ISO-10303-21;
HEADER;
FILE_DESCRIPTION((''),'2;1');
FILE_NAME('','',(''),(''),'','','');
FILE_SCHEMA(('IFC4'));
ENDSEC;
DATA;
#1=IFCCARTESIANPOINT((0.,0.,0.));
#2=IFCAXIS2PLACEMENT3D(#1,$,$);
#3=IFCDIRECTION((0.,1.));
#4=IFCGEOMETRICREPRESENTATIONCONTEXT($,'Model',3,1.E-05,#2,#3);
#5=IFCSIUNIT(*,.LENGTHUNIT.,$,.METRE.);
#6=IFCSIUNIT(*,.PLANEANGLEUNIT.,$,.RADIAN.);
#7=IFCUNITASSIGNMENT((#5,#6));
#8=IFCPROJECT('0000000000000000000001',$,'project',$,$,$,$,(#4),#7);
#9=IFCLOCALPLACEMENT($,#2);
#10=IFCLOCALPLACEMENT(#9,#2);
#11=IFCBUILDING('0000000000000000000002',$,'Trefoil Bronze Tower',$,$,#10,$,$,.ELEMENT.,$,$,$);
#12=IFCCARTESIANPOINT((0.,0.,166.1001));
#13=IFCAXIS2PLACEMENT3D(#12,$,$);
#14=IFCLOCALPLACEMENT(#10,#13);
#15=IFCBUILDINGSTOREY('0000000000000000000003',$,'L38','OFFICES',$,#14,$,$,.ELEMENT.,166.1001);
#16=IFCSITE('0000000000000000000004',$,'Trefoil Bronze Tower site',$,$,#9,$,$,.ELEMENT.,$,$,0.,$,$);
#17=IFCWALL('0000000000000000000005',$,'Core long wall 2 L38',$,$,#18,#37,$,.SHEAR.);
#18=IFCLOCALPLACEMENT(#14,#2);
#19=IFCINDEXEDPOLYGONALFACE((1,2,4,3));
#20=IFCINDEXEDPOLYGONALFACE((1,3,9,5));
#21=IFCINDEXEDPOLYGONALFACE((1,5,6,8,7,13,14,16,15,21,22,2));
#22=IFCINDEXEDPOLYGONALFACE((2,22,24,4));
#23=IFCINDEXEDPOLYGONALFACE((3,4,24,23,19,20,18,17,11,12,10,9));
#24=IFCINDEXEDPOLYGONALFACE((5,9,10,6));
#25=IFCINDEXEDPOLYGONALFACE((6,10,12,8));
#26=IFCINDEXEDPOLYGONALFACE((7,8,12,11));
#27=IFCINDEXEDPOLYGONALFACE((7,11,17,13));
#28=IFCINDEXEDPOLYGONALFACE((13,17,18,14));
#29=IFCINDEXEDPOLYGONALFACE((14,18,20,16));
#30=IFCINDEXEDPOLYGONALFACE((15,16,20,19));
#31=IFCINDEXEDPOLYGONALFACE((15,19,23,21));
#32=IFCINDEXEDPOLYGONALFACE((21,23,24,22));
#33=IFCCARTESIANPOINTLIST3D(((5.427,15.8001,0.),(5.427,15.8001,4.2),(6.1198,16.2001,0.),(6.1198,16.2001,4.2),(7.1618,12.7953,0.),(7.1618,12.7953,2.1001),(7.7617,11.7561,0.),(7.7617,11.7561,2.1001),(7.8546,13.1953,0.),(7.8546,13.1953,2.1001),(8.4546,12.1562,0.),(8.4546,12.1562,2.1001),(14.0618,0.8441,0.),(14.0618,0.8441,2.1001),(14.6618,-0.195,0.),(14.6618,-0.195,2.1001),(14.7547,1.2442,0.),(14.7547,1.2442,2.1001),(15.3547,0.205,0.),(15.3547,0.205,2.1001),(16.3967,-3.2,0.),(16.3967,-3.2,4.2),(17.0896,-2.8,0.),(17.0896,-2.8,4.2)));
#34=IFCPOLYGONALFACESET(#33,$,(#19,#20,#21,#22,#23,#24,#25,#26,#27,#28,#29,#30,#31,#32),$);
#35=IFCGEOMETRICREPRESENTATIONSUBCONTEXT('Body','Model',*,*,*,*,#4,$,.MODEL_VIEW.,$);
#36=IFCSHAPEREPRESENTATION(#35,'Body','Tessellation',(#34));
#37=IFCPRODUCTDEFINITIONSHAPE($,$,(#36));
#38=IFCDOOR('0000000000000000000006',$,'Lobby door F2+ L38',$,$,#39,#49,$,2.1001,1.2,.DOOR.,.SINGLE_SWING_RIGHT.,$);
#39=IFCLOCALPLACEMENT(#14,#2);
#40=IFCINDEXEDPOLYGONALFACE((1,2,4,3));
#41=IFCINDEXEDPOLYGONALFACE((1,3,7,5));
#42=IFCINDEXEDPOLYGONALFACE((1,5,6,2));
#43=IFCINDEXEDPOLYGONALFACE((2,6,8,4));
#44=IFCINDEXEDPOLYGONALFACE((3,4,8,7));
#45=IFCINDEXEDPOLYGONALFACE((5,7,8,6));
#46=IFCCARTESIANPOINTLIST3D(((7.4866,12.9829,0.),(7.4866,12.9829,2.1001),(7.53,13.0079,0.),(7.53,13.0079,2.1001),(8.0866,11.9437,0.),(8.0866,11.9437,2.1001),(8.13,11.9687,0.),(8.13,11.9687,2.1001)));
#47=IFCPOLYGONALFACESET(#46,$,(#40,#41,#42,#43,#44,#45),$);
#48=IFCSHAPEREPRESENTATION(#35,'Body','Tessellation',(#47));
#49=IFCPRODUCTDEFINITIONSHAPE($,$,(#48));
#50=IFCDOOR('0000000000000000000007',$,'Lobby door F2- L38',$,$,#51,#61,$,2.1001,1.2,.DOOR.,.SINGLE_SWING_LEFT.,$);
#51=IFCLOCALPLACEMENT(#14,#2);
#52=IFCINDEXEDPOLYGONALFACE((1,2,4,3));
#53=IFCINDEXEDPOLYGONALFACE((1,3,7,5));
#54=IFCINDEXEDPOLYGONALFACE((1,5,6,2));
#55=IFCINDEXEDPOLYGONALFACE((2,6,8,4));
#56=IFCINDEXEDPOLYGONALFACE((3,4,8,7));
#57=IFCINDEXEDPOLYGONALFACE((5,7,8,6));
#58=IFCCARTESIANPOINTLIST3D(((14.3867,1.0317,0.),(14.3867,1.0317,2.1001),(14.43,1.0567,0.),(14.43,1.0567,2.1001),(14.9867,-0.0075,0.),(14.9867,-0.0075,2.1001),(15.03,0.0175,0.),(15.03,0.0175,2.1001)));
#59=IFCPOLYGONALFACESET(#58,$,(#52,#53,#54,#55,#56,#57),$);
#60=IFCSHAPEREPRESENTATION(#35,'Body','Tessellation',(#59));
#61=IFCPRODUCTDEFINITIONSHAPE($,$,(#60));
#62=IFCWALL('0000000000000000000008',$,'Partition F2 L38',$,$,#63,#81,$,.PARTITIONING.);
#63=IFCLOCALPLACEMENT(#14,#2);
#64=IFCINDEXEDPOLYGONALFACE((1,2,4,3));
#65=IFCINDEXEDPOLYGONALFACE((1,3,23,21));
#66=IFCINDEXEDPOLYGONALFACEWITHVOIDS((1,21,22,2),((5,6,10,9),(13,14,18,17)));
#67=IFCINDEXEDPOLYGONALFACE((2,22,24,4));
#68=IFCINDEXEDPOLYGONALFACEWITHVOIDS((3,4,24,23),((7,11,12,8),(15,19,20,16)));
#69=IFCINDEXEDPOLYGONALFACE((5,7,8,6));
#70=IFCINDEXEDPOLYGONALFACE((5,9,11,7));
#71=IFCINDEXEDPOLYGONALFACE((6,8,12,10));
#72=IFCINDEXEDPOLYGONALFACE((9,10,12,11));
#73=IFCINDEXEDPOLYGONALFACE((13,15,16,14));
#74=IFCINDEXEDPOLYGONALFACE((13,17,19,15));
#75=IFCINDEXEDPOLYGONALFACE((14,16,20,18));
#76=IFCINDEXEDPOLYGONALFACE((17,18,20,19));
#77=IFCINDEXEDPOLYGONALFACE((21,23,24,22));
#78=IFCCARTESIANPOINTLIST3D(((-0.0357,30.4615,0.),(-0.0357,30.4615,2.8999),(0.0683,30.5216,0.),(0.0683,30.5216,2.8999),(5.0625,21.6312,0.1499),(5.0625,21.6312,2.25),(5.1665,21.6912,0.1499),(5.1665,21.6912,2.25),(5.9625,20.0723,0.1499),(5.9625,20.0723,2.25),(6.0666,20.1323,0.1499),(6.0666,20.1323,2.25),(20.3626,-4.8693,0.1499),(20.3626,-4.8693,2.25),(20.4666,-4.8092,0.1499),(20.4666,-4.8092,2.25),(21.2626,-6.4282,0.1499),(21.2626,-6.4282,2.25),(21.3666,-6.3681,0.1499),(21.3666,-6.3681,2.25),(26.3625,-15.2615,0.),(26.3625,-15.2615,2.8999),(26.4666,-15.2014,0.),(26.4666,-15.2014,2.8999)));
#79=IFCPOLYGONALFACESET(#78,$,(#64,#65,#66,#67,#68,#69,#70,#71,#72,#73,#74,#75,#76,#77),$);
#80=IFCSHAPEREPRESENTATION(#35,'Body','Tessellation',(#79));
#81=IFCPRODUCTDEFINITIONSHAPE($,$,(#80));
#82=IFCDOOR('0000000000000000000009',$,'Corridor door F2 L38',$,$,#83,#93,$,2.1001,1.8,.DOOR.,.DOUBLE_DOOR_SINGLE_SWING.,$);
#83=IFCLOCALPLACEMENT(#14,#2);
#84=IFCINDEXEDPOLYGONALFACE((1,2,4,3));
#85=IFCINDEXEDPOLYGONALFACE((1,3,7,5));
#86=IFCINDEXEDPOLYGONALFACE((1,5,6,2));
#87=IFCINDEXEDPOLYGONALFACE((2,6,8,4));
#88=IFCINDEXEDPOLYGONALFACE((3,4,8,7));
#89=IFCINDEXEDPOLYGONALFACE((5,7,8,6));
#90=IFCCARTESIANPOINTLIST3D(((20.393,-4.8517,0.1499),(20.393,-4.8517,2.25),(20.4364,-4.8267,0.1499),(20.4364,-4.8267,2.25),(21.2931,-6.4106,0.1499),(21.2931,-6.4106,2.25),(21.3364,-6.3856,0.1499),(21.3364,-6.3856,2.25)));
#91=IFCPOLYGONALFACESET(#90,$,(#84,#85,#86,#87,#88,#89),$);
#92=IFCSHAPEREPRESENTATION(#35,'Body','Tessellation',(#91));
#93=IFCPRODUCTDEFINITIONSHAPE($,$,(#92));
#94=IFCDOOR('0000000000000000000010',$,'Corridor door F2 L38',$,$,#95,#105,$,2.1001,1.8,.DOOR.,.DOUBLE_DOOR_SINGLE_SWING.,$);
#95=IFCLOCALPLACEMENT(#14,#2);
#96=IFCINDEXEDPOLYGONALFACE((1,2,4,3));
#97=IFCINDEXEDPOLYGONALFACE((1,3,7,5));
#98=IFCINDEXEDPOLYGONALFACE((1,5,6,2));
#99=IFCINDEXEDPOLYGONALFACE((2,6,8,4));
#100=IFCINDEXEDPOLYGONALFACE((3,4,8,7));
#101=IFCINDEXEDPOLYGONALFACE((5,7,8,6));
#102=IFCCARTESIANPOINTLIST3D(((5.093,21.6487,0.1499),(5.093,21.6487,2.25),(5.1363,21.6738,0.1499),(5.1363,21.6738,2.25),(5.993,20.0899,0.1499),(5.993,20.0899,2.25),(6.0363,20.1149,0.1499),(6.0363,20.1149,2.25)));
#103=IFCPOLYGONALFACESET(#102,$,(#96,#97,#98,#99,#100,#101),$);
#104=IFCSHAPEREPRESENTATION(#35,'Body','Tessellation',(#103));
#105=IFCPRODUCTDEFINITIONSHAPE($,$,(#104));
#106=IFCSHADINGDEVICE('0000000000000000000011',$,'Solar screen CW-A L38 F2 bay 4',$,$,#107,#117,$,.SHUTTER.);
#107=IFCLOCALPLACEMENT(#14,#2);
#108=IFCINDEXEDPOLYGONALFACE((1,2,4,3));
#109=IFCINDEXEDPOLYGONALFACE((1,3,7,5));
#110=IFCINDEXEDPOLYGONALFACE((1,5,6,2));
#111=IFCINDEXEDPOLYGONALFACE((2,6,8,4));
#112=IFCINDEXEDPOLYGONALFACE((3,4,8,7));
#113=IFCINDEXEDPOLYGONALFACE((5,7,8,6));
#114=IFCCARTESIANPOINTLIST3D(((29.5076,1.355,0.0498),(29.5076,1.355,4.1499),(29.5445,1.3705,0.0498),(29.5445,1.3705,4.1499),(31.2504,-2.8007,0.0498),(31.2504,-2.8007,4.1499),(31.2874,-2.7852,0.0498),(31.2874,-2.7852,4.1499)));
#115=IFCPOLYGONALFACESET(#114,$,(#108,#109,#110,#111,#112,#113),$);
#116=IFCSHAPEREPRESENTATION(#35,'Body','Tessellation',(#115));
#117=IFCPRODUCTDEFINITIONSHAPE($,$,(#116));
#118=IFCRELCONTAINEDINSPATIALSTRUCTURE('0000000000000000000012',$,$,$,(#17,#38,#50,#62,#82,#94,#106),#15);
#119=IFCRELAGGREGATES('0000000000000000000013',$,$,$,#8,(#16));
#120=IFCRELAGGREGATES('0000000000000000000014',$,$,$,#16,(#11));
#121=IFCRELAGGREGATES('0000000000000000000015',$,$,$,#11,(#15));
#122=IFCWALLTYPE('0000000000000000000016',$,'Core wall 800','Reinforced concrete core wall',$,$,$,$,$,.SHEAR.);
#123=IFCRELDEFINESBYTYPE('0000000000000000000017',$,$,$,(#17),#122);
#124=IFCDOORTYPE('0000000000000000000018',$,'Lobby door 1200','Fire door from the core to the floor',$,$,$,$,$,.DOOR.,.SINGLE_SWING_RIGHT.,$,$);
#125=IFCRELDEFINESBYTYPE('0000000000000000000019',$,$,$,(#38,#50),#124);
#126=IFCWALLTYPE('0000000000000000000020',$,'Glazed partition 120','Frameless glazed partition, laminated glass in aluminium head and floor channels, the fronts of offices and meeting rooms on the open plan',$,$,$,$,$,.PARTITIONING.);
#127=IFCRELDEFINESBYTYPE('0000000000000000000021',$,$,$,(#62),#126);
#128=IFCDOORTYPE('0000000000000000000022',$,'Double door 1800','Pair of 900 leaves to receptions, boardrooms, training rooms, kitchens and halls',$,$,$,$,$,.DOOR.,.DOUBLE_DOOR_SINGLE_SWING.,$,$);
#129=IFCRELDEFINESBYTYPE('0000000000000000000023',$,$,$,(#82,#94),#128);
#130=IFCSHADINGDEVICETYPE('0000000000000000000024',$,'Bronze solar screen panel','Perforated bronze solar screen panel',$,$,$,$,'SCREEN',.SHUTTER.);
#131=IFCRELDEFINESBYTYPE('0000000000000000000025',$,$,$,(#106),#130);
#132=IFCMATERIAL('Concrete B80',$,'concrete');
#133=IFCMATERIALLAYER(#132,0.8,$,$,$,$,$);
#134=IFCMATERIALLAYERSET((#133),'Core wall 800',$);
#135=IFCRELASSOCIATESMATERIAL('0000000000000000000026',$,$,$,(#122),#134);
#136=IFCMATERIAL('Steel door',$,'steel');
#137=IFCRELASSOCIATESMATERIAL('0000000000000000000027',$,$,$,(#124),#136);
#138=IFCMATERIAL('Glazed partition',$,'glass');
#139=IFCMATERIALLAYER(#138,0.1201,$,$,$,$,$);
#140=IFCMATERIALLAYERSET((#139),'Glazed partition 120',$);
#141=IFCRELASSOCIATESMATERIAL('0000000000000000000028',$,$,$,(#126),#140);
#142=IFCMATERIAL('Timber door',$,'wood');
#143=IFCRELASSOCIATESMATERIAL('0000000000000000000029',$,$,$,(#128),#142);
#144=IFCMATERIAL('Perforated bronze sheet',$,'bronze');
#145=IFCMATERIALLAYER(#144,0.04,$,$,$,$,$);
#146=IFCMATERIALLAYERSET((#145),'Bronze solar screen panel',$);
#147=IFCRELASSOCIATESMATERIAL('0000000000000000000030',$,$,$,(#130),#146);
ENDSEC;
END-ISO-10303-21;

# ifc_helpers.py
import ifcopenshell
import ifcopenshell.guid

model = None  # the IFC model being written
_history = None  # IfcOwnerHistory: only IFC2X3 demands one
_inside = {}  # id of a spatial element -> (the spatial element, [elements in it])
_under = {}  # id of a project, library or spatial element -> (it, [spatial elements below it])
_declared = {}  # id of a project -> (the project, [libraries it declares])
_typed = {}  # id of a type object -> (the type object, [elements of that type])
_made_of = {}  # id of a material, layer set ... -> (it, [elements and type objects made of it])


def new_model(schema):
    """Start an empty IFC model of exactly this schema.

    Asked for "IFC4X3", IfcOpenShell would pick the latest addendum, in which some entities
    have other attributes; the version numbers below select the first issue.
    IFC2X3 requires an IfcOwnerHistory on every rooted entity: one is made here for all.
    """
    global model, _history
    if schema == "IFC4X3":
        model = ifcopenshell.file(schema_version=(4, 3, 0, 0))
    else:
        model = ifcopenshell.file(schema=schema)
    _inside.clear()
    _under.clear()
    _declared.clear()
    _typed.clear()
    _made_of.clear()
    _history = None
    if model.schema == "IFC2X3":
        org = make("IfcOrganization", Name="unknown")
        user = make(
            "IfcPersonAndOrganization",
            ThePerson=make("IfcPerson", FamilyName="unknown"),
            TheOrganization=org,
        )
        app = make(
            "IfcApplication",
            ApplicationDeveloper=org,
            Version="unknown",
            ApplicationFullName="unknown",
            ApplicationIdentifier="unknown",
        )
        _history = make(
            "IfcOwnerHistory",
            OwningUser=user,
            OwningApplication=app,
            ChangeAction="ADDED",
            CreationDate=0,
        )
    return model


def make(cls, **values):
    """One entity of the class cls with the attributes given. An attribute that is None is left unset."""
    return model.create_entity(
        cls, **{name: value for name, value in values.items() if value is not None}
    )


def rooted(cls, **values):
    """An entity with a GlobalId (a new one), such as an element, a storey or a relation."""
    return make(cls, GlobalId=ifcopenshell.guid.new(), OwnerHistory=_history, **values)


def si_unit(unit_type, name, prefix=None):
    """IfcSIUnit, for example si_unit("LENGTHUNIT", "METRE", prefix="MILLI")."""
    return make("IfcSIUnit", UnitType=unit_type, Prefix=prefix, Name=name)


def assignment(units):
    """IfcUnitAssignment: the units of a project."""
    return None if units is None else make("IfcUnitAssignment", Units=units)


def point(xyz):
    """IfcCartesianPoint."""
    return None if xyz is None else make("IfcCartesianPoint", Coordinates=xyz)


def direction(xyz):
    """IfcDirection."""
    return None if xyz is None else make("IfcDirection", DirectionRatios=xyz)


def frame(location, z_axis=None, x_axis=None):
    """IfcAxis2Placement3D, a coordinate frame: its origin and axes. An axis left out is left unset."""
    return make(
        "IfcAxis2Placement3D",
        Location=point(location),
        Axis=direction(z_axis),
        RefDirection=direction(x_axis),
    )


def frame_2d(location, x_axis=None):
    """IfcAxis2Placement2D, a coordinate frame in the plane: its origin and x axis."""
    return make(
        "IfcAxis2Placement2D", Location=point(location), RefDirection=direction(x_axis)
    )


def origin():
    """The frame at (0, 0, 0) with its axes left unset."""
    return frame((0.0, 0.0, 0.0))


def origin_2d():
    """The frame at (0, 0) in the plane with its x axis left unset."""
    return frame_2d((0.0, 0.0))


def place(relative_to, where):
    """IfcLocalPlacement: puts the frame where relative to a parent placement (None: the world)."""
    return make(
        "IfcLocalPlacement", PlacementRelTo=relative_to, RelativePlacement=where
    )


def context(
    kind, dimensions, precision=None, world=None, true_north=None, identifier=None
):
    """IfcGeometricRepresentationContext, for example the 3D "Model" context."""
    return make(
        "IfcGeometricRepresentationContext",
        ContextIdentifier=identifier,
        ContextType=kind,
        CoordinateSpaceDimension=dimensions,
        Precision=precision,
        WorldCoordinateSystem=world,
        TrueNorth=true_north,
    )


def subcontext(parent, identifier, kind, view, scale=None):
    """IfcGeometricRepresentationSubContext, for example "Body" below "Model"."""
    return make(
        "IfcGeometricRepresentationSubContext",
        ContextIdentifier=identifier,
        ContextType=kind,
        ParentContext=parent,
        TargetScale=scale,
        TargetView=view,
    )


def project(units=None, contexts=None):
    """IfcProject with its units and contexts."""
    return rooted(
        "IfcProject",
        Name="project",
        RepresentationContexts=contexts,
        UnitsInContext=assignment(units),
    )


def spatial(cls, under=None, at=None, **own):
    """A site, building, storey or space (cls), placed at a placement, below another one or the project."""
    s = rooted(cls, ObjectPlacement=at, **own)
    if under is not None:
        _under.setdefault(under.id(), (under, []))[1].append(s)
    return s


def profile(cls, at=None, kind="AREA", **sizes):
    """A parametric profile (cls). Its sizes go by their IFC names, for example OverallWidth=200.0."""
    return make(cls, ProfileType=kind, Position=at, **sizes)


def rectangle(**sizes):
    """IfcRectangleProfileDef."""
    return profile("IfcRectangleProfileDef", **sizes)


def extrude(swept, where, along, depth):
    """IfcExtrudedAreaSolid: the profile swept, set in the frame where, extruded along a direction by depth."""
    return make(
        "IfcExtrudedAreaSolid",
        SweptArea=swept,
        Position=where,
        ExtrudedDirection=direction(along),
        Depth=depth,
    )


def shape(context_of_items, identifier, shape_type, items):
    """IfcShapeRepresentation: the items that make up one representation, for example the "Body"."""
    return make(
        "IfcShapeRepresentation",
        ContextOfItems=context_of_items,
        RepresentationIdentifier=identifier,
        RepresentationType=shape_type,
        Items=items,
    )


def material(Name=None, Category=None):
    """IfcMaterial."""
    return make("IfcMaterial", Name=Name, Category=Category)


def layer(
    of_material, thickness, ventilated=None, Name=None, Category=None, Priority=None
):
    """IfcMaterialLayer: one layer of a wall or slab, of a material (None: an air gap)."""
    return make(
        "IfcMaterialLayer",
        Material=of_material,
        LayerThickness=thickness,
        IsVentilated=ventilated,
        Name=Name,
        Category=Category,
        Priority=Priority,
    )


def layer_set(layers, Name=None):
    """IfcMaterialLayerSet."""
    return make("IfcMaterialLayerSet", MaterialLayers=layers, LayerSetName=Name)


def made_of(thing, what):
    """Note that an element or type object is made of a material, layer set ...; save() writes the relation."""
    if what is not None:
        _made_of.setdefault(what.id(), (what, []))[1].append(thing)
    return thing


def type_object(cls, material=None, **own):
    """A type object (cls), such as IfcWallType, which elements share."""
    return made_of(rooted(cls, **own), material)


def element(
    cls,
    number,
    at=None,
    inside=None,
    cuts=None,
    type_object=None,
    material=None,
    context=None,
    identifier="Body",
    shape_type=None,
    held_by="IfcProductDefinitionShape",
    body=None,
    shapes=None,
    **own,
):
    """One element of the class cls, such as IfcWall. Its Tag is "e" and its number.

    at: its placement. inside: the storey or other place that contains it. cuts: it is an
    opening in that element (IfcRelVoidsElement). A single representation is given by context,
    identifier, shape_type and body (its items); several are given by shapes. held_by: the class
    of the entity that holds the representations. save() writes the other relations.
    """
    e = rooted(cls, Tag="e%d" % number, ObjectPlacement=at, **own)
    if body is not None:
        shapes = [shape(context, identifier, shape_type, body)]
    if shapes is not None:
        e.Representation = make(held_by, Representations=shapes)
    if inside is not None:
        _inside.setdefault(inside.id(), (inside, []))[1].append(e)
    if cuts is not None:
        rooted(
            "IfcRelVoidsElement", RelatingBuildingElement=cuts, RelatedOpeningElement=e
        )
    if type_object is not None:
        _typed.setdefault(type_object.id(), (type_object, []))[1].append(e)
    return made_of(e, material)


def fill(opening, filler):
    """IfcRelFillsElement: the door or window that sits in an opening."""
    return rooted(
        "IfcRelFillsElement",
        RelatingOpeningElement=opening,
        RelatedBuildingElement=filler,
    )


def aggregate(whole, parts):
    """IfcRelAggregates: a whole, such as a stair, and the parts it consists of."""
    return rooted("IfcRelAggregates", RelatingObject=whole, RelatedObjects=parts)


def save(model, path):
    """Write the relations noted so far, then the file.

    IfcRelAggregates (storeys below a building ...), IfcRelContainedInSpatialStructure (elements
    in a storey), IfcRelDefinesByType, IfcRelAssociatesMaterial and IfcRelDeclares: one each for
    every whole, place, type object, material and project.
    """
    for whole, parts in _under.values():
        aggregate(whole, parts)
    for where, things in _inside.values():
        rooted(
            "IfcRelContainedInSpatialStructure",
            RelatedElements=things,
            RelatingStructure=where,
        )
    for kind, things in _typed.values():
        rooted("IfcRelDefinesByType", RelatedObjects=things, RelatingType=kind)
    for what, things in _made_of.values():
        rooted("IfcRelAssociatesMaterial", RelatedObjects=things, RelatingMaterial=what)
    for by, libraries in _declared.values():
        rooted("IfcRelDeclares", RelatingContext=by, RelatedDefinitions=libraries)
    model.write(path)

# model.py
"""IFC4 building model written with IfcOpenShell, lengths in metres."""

from ifc_helpers import new_model, si_unit, direction, frame, frame_2d, origin, origin_2d, place, context, subcontext, project, spatial, rectangle, extrude, material, layer, layer_set, type_object, element, fill, save


model = new_model("IFC4")

# Units and contexts
model_context = context("Model", 3, precision=1e-05, world=origin(), true_north=direction((0.0, 1.0)))
body_context = subcontext(model_context, "Body", "Model", "MODEL_VIEW")
ifc_project = project(units=[si_unit("LENGTHUNIT", "METRE"), si_unit("PLANEANGLEUNIT", "RADIAN")], contexts=[model_context])

# Site, building, storey
site_placement = place(None, origin())
site = spatial("IfcSite", under=ifc_project, at=site_placement, Name="Trefoil Bronze Tower site", CompositionType="ELEMENT", RefElevation=0.0)
building_placement = place(site_placement, origin())
building = spatial("IfcBuilding", under=site, at=building_placement, Name="Trefoil Bronze Tower", CompositionType="ELEMENT")
storey_placement = place(building_placement, frame((0.0, 0.0, 166.1001)))
storey = spatial("IfcBuildingStorey", under=building, at=storey_placement, Name="L38", Description="OFFICES", CompositionType="ELEMENT", Elevation=166.1001)

# Walls, openings, doors
ifc_material_1 = material(Name="Concrete B80", Category="concrete")
ifc_layer_1 = layer(ifc_material_1, 0.8)
ifc_layer_set_1 = layer_set([ifc_layer_1], Name="Core wall 800")
wall_type_1 = type_object("IfcWallType", Name="Core wall 800", Description="Reinforced concrete core wall", PredefinedType="SHEAR", material=ifc_layer_set_1)
wall_1_placement = place(storey_placement, frame((16.7432, -3.0, 0.0), z_axis=(0.0, 0.0, 1.0), x_axis=(-0.500002, 0.866024, 0.0)))
wall_1 = element("IfcWall", 1, at=wall_1_placement, inside=storey, type_object=wall_type_1, Name="Core long wall 2 L38", PredefinedType="SHEAR", context=body_context, shape_type="SweptSolid", body=[
    extrude(rectangle(XDim=21.9395, YDim=0.8, at=frame_2d((10.9697, 0.0))), origin(), (0.0, 0.0, 1.0), 4.2),
])
opening_1_placement = place(wall_1_placement, frame((17.2698, 0.0, 0.0)))
opening_1 = element("IfcOpeningElement", 2, at=opening_1_placement, cuts=wall_1, PredefinedType="OPENING", context=body_context, shape_type="SweptSolid", body=[
    extrude(rectangle(XDim=1.2, YDim=2.1001, at=frame_2d((0.6001, 1.05))), frame((0.0, 0.4099, 0.0), z_axis=(0.0, -1.0, 0.0), x_axis=(1.0, 0.0, 0.0)), (0.0, 0.0, 1.0), 0.8201),
])
opening_2_placement = place(wall_1_placement, frame((3.4697, 0.0, 0.0)))
opening_2 = element("IfcOpeningElement", 3, at=opening_2_placement, cuts=wall_1, PredefinedType="OPENING", context=body_context, shape_type="SweptSolid", body=[
    extrude(rectangle(XDim=1.2, YDim=2.1001, at=frame_2d((0.6001, 1.05))), frame((0.0, 0.4099, 0.0), z_axis=(0.0, -1.0, 0.0), x_axis=(1.0, 0.0, 0.0)), (0.0, 0.0, 1.0), 0.8201),
])
ifc_material_2 = material(Name="Steel door", Category="steel")
door_type_1 = type_object("IfcDoorType", Name="Lobby door 1200", Description="Fire door from the core to the floor", OperationType="SINGLE_SWING_RIGHT", PredefinedType="DOOR", material=ifc_material_2)
door_1_placement = place(opening_1_placement, origin())
door_1 = element("IfcDoor", 4, at=door_1_placement, inside=storey, type_object=door_type_1, Name="Lobby door F2+ L38", OperationType="SINGLE_SWING_RIGHT", OverallHeight=2.1001, OverallWidth=1.2, PredefinedType="DOOR", context=body_context, shape_type="SweptSolid", body=[
    extrude(rectangle(XDim=1.2, YDim=2.1001, at=frame_2d((0.6001, 1.05))), frame((0.0, 0.0249, 0.0), z_axis=(0.0, -1.0, 0.0), x_axis=(1.0, 0.0, 0.0)), (0.0, 0.0, 1.0), 0.05),
])
fill(opening_1, door_1)
door_2_placement = place(opening_2_placement, origin())
door_2 = element("IfcDoor", 5, at=door_2_placement, inside=storey, type_object=door_type_1, Name="Lobby door F2- L38", OperationType="SINGLE_SWING_LEFT", OverallHeight=2.1001, OverallWidth=1.2, PredefinedType="DOOR", context=body_context, shape_type="SweptSolid", body=[
    extrude(rectangle(XDim=1.2, YDim=2.1001, at=frame_2d((0.6001, 1.05))), frame((0.0, 0.0249, 0.0), z_axis=(0.0, -1.0, 0.0), x_axis=(1.0, 0.0, 0.0)), (0.0, 0.0, 1.0), 0.05),
])
fill(opening_2, door_2)
ifc_material_3 = material(Name="Glazed partition", Category="glass")
ifc_layer_2 = layer(ifc_material_3, 0.1201)
ifc_layer_set_2 = layer_set([ifc_layer_2], Name="Glazed partition 120")
wall_type_2 = type_object("IfcWallType", Name="Glazed partition 120", Description="Frameless glazed partition, laminated glass in aluminium head and floor channels, the fronts of offices and meeting rooms on the open plan", PredefinedType="PARTITIONING", material=ifc_layer_set_2)
wall_2_placement = place(storey_placement, frame((26.4146, -15.2314, 0.0), z_axis=(0.0, 0.0, 1.0), x_axis=(-0.500001, 0.866025, 0.0)))
wall_2 = element("IfcWall", 6, at=wall_2_placement, inside=storey, type_object=wall_type_2, Name="Partition F2 L38", PredefinedType="PARTITIONING", context=body_context, shape_type="SweptSolid", body=[
    extrude(rectangle(XDim=52.7964, YDim=0.1201, at=frame_2d((26.3982, 0.0))), origin(), (0.0, 0.0, 1.0), 2.8999),
])
opening_3_placement = place(wall_2_placement, frame((10.2, 0.0, 0.1499)))
opening_3 = element("IfcOpeningElement", 7, at=opening_3_placement, cuts=wall_2, PredefinedType="OPENING", context=body_context, shape_type="SweptSolid", body=[
    extrude(rectangle(XDim=1.8, YDim=2.1001, at=frame_2d((0.8999, 1.05))), frame((0.0, 0.0701, 0.0), z_axis=(0.0, -1.0, 0.0), x_axis=(1.0, 0.0, 0.0)), (0.0, 0.0, 1.0), 0.1401),
])
opening_4_placement = place(wall_2_placement, frame((40.8, 0.0, 0.1499)))
opening_4 = element("IfcOpeningElement", 8, at=opening_4_placement, cuts=wall_2, PredefinedType="OPENING", context=body_context, shape_type="SweptSolid", body=[
    extrude(rectangle(XDim=1.8, YDim=2.1001, at=frame_2d((0.8999, 1.05))), frame((0.0, 0.0701, 0.0), z_axis=(0.0, -1.0, 0.0), x_axis=(1.0, 0.0, 0.0)), (0.0, 0.0, 1.0), 0.1401),
])
ifc_material_4 = material(Name="Timber door", Category="wood")
door_type_2 = type_object("IfcDoorType", Name="Double door 1800", Description="Pair of 900 leaves to receptions, boardrooms, training rooms, kitchens and halls", OperationType="DOUBLE_DOOR_SINGLE_SWING", PredefinedType="DOOR", material=ifc_material_4)
door_3_placement = place(opening_3_placement, origin())
door_3 = element("IfcDoor", 9, at=door_3_placement, inside=storey, type_object=door_type_2, Name="Corridor door F2 L38", OperationType="DOUBLE_DOOR_SINGLE_SWING", OverallHeight=2.1001, OverallWidth=1.8, PredefinedType="DOOR", context=body_context, shape_type="SweptSolid", body=[
    extrude(rectangle(XDim=1.8, YDim=2.1001, at=frame_2d((0.8999, 1.05))), frame((0.0, 0.0249, 0.0), z_axis=(0.0, -1.0, 0.0), x_axis=(1.0, 0.0, 0.0)), (0.0, 0.0, 1.0), 0.05),
])
fill(opening_3, door_3)
door_4_placement = place(opening_4_placement, origin())
door_4 = element("IfcDoor", 10, at=door_4_placement, inside=storey, type_object=door_type_2, Name="Corridor door F2 L38", OperationType="DOUBLE_DOOR_SINGLE_SWING", OverallHeight=2.1001, OverallWidth=1.8, PredefinedType="DOOR", context=body_context, shape_type="SweptSolid", body=[
    extrude(rectangle(XDim=1.8, YDim=2.1001, at=frame_2d((0.8999, 1.05))), frame((0.0, 0.0249, 0.0), z_axis=(0.0, -1.0, 0.0), x_axis=(1.0, 0.0, 0.0)), (0.0, 0.0, 1.0), 0.05),
])
fill(opening_4, door_4)

# Shading device
ifc_material_5 = material(Name="Perforated bronze sheet", Category="bronze")
ifc_layer_3 = layer(ifc_material_5, 0.04)
ifc_layer_set_3 = layer_set([ifc_layer_3], Name="Bronze solar screen panel")
shading_device_type = type_object("IfcShadingDeviceType", Name="Bronze solar screen panel", Description="Perforated bronze solar screen panel", ElementType="SCREEN", PredefinedType="SHUTTER", material=ifc_layer_set_3)
shading_device_placement = place(storey_placement, frame((30.3975, -0.7151, 0.0498), z_axis=(0.0, 0.0, 1.0), x_axis=(-0.386759, 0.922181, 0.0)))
element("IfcShadingDevice", 11, at=shading_device_placement, inside=storey, type_object=shading_device_type, Name="Solar screen CW-A L38 F2 bay 4", PredefinedType="SHUTTER", context=body_context, shape_type="SweptSolid", body=[
    extrude(rectangle(XDim=4.5063, YDim=0.04, at=origin_2d()), origin(), (0.0, 0.0, 1.0), 4.1001),
])

save(model, "model.ifc")
